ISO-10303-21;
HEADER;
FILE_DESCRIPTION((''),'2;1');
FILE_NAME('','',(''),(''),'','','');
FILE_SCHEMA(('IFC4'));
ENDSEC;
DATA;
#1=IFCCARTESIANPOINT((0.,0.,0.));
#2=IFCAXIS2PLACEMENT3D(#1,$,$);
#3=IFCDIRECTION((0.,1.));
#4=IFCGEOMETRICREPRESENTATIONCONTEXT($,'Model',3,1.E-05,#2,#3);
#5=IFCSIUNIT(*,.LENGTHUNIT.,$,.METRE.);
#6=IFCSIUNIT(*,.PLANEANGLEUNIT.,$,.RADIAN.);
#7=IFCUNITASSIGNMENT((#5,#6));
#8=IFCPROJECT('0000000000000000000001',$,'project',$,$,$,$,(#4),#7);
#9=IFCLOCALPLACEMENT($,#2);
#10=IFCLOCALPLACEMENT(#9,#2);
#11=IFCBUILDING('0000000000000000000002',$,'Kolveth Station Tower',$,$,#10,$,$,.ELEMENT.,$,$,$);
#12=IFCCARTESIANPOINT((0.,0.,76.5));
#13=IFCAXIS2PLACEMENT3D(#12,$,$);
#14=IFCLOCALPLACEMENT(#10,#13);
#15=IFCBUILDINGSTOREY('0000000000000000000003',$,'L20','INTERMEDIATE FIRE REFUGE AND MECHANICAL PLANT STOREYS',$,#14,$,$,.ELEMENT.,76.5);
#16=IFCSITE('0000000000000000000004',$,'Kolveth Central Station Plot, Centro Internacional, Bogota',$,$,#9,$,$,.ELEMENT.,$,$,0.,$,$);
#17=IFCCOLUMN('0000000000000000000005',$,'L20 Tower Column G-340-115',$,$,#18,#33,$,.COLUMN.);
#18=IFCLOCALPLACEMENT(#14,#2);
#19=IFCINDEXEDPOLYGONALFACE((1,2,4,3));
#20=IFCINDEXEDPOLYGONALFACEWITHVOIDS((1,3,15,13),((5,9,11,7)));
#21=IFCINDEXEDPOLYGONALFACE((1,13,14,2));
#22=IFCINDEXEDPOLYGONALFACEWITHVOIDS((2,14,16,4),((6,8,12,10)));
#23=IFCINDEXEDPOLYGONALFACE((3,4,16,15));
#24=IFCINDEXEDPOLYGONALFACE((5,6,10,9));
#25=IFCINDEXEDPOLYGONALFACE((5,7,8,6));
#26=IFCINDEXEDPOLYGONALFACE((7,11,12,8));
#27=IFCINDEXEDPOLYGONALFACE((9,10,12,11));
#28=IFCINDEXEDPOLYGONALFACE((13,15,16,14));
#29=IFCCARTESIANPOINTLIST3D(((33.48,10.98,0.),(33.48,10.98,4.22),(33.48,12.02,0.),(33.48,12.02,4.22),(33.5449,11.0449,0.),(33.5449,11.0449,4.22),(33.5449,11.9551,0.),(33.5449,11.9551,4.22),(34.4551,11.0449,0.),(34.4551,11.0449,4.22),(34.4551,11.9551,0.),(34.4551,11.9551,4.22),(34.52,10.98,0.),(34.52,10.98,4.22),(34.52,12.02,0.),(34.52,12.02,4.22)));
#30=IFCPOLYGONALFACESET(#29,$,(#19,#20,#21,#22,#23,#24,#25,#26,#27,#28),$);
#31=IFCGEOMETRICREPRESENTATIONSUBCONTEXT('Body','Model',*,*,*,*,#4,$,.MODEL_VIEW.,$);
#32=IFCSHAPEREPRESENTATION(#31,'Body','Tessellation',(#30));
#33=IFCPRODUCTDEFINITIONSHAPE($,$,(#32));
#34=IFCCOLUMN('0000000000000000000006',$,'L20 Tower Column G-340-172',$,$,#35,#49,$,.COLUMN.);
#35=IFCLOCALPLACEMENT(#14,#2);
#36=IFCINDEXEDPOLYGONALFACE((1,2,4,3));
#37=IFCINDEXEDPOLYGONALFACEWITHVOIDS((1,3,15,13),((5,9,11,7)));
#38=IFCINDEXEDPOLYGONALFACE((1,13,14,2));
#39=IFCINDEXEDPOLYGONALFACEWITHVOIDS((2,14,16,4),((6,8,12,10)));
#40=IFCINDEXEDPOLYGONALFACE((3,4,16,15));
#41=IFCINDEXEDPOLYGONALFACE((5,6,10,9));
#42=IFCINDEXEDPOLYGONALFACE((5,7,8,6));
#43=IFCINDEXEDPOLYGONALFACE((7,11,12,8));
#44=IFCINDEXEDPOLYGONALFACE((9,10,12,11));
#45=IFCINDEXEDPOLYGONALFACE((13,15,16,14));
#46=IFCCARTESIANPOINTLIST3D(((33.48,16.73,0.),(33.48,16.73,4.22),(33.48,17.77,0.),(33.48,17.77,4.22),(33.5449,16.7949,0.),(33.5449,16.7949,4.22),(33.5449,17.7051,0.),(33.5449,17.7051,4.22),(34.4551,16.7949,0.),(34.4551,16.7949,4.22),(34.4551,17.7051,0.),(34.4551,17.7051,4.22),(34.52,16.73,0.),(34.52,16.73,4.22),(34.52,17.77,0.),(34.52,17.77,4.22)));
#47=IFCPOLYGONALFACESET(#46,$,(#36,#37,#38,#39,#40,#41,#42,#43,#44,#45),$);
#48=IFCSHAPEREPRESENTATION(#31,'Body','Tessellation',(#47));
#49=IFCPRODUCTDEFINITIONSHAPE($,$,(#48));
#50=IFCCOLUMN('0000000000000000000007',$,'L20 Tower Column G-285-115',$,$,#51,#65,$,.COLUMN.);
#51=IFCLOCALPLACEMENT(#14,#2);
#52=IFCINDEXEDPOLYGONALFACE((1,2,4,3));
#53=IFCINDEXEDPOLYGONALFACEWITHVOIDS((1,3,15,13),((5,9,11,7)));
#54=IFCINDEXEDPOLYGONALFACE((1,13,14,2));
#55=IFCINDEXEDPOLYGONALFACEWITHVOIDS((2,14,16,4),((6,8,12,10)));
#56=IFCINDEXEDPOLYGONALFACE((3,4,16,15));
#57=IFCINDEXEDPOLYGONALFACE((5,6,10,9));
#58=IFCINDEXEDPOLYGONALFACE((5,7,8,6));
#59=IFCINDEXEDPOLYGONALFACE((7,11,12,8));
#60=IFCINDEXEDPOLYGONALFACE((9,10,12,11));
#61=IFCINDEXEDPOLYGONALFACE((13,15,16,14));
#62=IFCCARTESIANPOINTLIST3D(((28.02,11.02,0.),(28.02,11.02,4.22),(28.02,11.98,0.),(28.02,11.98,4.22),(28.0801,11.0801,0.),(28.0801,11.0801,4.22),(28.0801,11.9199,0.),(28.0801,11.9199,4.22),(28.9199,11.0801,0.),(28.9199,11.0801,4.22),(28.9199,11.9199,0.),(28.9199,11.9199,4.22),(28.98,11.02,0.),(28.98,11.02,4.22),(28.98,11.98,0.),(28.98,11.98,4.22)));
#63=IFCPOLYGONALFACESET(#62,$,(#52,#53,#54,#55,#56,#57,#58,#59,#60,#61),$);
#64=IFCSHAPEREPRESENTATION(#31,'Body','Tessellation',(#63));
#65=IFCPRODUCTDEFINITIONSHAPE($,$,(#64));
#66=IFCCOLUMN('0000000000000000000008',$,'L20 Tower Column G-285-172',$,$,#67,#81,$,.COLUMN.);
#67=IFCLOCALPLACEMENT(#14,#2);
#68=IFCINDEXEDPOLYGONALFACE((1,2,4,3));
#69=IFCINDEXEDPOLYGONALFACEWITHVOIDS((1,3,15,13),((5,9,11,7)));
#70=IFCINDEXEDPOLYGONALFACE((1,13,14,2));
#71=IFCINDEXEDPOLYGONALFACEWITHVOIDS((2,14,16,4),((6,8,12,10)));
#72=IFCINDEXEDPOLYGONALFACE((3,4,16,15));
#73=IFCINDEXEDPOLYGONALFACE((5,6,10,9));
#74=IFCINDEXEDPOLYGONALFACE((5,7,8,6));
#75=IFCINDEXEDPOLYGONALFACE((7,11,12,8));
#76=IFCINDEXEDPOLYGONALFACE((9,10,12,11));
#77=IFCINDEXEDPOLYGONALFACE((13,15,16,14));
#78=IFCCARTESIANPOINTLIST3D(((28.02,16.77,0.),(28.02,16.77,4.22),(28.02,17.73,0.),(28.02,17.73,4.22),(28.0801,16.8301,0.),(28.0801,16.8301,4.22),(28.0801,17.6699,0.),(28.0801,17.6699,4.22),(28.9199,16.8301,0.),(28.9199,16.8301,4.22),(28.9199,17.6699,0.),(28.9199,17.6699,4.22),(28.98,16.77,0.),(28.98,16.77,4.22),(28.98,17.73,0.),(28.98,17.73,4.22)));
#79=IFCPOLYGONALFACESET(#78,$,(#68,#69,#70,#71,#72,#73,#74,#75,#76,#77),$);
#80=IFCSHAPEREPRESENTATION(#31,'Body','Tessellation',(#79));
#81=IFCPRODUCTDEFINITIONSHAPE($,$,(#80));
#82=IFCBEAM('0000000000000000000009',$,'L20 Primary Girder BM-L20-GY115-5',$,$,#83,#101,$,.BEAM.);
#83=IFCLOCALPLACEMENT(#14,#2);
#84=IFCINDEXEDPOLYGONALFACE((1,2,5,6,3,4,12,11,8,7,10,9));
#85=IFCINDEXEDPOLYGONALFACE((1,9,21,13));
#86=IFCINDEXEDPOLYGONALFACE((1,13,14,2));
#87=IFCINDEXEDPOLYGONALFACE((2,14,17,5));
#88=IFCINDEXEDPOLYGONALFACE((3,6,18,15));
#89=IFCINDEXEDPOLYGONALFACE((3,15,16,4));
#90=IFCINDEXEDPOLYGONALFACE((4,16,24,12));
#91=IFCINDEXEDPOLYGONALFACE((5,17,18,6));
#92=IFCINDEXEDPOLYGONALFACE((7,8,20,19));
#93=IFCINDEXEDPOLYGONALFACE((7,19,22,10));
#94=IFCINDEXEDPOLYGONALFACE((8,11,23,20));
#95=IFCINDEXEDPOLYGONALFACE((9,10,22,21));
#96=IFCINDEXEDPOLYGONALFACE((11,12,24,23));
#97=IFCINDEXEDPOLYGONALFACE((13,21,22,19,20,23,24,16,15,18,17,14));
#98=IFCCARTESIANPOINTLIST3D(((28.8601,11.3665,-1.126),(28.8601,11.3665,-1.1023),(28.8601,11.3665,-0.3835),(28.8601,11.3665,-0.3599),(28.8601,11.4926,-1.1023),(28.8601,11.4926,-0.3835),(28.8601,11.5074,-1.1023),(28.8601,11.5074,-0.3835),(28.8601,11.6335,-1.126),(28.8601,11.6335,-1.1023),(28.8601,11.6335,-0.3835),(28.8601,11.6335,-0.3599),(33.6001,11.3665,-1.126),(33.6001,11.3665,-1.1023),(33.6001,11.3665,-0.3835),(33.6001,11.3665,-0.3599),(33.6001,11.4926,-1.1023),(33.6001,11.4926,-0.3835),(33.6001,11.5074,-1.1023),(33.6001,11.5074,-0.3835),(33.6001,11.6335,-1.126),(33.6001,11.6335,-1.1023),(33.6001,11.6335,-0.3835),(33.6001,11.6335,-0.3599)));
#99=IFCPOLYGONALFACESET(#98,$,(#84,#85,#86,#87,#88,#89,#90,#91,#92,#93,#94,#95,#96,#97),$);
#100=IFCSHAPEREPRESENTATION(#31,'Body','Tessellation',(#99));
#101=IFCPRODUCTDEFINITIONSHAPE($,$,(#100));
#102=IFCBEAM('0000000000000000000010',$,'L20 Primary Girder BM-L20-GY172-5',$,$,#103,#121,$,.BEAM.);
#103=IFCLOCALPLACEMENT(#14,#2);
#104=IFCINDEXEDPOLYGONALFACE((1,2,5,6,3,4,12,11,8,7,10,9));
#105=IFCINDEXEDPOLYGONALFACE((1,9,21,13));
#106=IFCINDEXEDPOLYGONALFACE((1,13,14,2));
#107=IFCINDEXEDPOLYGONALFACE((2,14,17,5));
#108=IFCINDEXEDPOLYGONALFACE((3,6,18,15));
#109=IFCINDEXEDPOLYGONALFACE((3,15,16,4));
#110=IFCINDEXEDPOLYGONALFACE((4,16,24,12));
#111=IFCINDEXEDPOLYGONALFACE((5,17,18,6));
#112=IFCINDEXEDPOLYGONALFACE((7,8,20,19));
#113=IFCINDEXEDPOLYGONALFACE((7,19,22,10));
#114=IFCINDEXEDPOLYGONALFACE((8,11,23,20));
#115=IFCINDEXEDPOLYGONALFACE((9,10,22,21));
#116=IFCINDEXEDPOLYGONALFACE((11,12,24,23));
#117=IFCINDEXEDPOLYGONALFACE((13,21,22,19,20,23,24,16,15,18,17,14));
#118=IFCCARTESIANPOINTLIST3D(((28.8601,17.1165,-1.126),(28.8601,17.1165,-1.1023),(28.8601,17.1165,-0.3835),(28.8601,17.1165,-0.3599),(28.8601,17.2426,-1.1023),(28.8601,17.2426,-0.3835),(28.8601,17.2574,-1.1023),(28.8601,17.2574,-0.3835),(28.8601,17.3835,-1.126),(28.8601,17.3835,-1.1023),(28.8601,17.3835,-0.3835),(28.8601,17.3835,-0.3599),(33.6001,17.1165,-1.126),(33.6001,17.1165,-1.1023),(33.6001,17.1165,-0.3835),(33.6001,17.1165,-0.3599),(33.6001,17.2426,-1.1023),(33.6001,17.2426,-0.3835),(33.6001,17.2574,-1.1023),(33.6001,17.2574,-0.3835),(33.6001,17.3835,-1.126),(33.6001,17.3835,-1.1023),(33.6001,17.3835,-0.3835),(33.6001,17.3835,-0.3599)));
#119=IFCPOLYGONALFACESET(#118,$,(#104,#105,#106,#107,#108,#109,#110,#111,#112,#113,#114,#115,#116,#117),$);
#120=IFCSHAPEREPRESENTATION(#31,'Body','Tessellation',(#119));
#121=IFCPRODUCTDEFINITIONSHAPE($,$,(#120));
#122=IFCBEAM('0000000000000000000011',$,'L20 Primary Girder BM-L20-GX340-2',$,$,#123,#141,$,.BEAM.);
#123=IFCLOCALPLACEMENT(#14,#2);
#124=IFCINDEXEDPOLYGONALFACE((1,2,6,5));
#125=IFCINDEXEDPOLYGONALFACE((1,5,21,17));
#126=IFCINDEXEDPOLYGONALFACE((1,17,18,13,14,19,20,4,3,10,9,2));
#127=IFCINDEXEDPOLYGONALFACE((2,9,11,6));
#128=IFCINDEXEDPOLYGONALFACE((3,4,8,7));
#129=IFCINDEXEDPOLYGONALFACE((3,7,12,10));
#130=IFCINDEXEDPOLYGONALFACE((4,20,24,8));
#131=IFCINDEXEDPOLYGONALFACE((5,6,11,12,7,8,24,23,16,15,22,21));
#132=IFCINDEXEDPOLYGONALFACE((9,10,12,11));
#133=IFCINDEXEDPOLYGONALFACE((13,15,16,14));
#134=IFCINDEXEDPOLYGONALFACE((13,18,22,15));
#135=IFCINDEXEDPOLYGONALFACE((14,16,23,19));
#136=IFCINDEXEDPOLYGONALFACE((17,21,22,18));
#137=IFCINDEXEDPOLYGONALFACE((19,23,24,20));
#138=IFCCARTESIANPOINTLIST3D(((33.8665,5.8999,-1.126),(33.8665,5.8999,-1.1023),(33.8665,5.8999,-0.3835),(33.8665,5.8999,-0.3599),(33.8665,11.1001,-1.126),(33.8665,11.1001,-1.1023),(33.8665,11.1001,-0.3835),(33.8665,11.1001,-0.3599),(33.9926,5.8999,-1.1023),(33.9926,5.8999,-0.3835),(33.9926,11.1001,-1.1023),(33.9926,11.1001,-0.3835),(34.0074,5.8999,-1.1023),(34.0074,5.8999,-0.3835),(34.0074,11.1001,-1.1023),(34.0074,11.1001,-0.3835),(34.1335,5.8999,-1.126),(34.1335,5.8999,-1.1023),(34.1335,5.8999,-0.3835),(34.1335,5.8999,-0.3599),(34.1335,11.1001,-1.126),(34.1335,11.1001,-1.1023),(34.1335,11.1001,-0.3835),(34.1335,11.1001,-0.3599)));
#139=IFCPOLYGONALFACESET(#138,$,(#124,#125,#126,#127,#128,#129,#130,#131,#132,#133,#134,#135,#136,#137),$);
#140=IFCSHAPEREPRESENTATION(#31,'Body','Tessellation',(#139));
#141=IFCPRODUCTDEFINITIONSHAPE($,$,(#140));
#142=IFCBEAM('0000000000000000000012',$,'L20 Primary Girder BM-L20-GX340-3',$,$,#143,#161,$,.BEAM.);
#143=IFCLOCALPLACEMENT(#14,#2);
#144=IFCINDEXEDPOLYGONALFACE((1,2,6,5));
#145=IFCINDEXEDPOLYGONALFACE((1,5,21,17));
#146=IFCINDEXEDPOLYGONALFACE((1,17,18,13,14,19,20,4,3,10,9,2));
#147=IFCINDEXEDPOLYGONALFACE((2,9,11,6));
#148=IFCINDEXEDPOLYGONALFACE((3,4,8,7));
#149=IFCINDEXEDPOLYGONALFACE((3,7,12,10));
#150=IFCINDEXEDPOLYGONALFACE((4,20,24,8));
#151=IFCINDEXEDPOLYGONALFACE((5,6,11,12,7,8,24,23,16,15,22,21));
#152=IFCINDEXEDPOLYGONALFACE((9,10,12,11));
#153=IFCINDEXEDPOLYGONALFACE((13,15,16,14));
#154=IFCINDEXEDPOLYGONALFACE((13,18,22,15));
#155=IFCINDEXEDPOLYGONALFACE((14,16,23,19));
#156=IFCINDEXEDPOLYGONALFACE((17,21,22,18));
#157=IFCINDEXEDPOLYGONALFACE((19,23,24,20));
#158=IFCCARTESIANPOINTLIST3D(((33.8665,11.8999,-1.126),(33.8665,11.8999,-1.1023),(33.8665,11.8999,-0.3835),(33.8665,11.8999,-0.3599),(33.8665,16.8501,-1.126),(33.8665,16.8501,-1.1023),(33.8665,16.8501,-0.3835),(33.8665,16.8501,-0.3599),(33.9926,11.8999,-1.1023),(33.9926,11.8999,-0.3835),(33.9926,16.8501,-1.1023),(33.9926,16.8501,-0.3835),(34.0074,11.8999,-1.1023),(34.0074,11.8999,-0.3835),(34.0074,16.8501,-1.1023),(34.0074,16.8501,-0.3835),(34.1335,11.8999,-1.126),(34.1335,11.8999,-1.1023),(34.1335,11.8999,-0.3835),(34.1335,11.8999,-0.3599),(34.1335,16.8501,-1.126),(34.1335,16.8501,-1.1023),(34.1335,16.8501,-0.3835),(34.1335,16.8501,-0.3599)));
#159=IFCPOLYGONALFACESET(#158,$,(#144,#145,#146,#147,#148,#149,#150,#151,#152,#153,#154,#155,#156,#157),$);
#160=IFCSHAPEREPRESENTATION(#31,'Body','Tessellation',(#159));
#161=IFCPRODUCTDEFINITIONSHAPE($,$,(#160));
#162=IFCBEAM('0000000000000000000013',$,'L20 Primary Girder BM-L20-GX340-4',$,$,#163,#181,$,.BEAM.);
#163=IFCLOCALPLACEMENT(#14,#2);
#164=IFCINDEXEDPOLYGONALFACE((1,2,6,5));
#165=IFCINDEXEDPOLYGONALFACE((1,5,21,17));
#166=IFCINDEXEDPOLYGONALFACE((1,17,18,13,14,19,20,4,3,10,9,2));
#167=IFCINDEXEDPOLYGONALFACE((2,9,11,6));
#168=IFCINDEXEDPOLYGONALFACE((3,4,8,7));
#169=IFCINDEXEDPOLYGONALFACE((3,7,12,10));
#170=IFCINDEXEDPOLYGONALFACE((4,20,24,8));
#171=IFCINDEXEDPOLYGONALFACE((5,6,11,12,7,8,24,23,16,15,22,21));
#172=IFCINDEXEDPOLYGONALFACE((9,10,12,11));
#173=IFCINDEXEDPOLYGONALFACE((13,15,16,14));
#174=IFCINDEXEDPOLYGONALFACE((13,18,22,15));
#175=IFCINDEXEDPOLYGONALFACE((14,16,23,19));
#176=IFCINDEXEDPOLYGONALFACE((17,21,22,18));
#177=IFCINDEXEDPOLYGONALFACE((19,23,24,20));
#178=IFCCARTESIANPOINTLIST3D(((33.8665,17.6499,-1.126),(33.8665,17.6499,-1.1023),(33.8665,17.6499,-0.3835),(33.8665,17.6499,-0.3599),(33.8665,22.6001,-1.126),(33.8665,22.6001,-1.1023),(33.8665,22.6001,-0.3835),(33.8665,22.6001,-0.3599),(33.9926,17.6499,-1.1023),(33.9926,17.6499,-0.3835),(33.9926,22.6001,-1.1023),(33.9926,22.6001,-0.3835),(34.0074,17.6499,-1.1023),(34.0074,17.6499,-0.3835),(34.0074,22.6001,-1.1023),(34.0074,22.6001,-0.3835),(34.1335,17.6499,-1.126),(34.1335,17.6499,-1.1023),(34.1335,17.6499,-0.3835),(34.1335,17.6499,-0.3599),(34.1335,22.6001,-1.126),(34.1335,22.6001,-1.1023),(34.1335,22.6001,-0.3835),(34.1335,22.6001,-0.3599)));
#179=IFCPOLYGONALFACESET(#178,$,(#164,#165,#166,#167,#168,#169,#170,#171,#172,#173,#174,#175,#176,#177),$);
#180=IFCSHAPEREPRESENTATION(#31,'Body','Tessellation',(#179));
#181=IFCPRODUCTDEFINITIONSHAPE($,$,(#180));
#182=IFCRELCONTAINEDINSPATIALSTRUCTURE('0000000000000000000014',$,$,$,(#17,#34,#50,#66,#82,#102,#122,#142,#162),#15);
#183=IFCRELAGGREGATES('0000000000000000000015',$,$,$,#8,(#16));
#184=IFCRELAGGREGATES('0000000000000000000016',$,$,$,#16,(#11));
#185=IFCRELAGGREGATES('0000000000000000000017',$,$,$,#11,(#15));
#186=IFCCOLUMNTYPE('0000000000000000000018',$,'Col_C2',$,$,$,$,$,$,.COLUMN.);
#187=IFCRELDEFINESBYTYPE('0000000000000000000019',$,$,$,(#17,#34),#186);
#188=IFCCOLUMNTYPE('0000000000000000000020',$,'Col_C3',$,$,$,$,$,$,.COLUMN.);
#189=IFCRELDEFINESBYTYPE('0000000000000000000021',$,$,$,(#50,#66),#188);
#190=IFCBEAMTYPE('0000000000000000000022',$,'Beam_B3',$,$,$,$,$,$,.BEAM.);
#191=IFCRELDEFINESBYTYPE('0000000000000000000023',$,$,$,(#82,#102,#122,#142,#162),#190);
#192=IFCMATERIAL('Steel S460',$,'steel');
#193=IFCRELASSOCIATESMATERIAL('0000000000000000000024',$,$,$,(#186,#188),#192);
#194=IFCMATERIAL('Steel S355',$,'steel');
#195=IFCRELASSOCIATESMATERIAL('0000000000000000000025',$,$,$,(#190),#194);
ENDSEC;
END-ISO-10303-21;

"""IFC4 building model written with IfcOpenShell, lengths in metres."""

from ifc_helpers import new_model, si_unit, direction, frame, origin, origin_2d, place, context, subcontext, project, spatial, hollow_rectangle, i_section, extrude, source, transform, mapped, material, material_profile, profile_set, type_object, element, save


model = new_model("IFC4")

# Units and contexts
model_context = context("Model", 3, precision=1e-05, world=origin(), true_north=direction((0.0, 1.0)))
body_context = subcontext(model_context, "Body", "Model", "MODEL_VIEW")
ifc_project = project(units=[si_unit("LENGTHUNIT", "METRE"), si_unit("PLANEANGLEUNIT", "RADIAN")], contexts=[model_context])

# Site, building, storey
site_placement = place(None, origin())
site = spatial("IfcSite", under=ifc_project, at=site_placement, Name="Kolveth Central Station Plot, Centro Internacional, Bogota", CompositionType="ELEMENT", RefElevation=0.0)
building_placement = place(site_placement, origin())
building = spatial("IfcBuilding", under=site, at=building_placement, Name="Kolveth Station Tower", CompositionType="ELEMENT")
storey_placement = place(building_placement, frame((0.0, 0.0, 76.5)))
storey = spatial("IfcBuildingStorey", under=building, at=storey_placement, Name="L20", Description="INTERMEDIATE FIRE REFUGE AND MECHANICAL PLANT STOREYS", CompositionType="ELEMENT", Elevation=76.5)

# Columns
ifc_material_1 = material(Name="Steel S460", Category="steel")
ifc_material_profile_1 = material_profile(ifc_material_1, hollow_rectangle(XDim=1.04, YDim=1.04, WallThickness=0.0649, at=origin_2d()), Name="BOX1040x1040x65")
ifc_profile_set_1 = profile_set([ifc_material_profile_1], Name="Steel S460")
column_type_1 = type_object("IfcColumnType", Name="Col_C2", PredefinedType="COLUMN", material=ifc_profile_set_1)
shared_shape_1 = source(origin(), body_context, "Body", "SweptSolid", [
    extrude(hollow_rectangle(XDim=1.04, YDim=1.04, WallThickness=0.0649, at=origin_2d()), origin(), (0.0, 0.0, 1.0), 4.22),
])
for number, where, z_axis, x_axis, name in (
    (1, (34.0, 11.5, 0.0), (0.0, 0.0, 1.0), (1.0, 0.0, 0.0), "L20 Tower Column G-340-115"),
    (2, (34.0, 17.25, 0.0), (0.0, 0.0, 1.0), (1.0, 0.0, 0.0), "L20 Tower Column G-340-172"),
):
    element("IfcColumn", number, at=place(storey_placement, frame(where, z_axis=z_axis, x_axis=x_axis)), inside=storey, type_object=column_type_1, Name=name, PredefinedType="COLUMN", context=body_context, shape_type="MappedRepresentation", body=[
        mapped(shared_shape_1, transform((0.0, 0.0, 0.0), x_axis=(1.0, 0.0, 0.0), y_axis=(0.0, 1.0, 0.0), z_axis=(0.0, 0.0, 1.0), scale=1.0)),
    ])
ifc_material_profile_2 = material_profile(ifc_material_1, hollow_rectangle(XDim=0.96, YDim=0.96, WallThickness=0.0601, at=origin_2d()), Name="BOX960x960x60")
ifc_profile_set_2 = profile_set([ifc_material_profile_2], Name="Steel S460")
column_type_2 = type_object("IfcColumnType", Name="Col_C3", PredefinedType="COLUMN", material=ifc_profile_set_2)
shared_shape_2 = source(origin(), body_context, "Body", "SweptSolid", [
    extrude(hollow_rectangle(XDim=0.96, YDim=0.96, WallThickness=0.0601, at=origin_2d()), origin(), (0.0, 0.0, 1.0), 4.22),
])
for number, where, z_axis, x_axis, name in (
    (3, (28.5, 11.5, 0.0), (0.0, 0.0, 1.0), (1.0, 0.0, 0.0), "L20 Tower Column G-285-115"),
    (4, (28.5, 17.25, 0.0), (0.0, 0.0, 1.0), (1.0, 0.0, 0.0), "L20 Tower Column G-285-172"),
):
    element("IfcColumn", number, at=place(storey_placement, frame(where, z_axis=z_axis, x_axis=x_axis)), inside=storey, type_object=column_type_2, Name=name, PredefinedType="COLUMN", context=body_context, shape_type="MappedRepresentation", body=[
        mapped(shared_shape_2, transform((0.0, 0.0, 0.0), x_axis=(1.0, 0.0, 0.0), y_axis=(0.0, 1.0, 0.0), z_axis=(0.0, 0.0, 1.0), scale=1.0)),
    ])

# Beams
ifc_material_2 = material(Name="Steel S355", Category="steel")
ifc_material_profile_3 = material_profile(ifc_material_2, i_section(OverallWidth=0.2671, OverallDepth=0.7661, WebThickness=0.0149, FlangeThickness=0.0237, at=origin_2d()), Name="W760x185")
ifc_profile_set_3 = profile_set([ifc_material_profile_3], Name="Steel S355")
beam_type_1 = type_object("IfcBeamType", Name="Beam_B3", PredefinedType="BEAM", material=ifc_profile_set_3)
shared_shape_3 = source(origin(), body_context, "Body", "SweptSolid", [
    extrude(i_section(OverallWidth=0.2671, OverallDepth=0.7661, WebThickness=0.0149, FlangeThickness=0.0237, at=origin_2d()), origin(), (0.0, 0.0, 1.0), 4.74),
])
for number, where, z_axis, x_axis, name in (
    (5, (28.8601, 11.5, -0.7429), (1.0, 0.0, 0.0), (0.0, 1.0, 0.0), "L20 Primary Girder BM-L20-GY115-5"),
    (6, (28.8601, 17.25, -0.7429), (1.0, 0.0, 0.0), (0.0, 1.0, 0.0), "L20 Primary Girder BM-L20-GY172-5"),
):
    element("IfcBeam", number, at=place(storey_placement, frame(where, z_axis=z_axis, x_axis=x_axis)), inside=storey, type_object=beam_type_1, Name=name, PredefinedType="BEAM", context=body_context, shape_type="MappedRepresentation", body=[
        mapped(shared_shape_3, transform((0.0, 0.0, 0.0), x_axis=(1.0, 0.0, 0.0), y_axis=(0.0, 1.0, 0.0), z_axis=(0.0, 0.0, 1.0), scale=1.0)),
    ])
shared_shape_4 = source(origin(), body_context, "Body", "SweptSolid", [
    extrude(i_section(OverallWidth=0.2671, OverallDepth=0.7661, WebThickness=0.0149, FlangeThickness=0.0237, at=origin_2d()), origin(), (0.0, 0.0, 1.0), 5.2002),
])
beam_placement = place(storey_placement, frame((34.0, 5.8999, -0.7429), z_axis=(0.0, 1.0, 0.0), x_axis=(-1.0, 0.0, 0.0)))
element("IfcBeam", 7, at=beam_placement, inside=storey, type_object=beam_type_1, Name="L20 Primary Girder BM-L20-GX340-2", PredefinedType="BEAM", context=body_context, shape_type="MappedRepresentation", body=[
    mapped(shared_shape_4, transform((0.0, 0.0, 0.0), x_axis=(1.0, 0.0, 0.0), y_axis=(0.0, 1.0, 0.0), z_axis=(0.0, 0.0, 1.0), scale=1.0)),
])
shared_shape_5 = source(origin(), body_context, "Body", "SweptSolid", [
    extrude(i_section(OverallWidth=0.2671, OverallDepth=0.7661, WebThickness=0.0149, FlangeThickness=0.0237, at=origin_2d()), origin(), (0.0, 0.0, 1.0), 4.9502),
])
for number, where, z_axis, x_axis, name in (
    (8, (34.0, 11.8999, -0.7429), (0.0, 1.0, 0.0), (-1.0, 0.0, 0.0), "L20 Primary Girder BM-L20-GX340-3"),
    (9, (34.0, 17.6499, -0.7429), (0.0, 1.0, 0.0), (-1.0, 0.0, 0.0), "L20 Primary Girder BM-L20-GX340-4"),
):
    element("IfcBeam", number, at=place(storey_placement, frame(where, z_axis=z_axis, x_axis=x_axis)), inside=storey, type_object=beam_type_1, Name=name, PredefinedType="BEAM", context=body_context, shape_type="MappedRepresentation", body=[
        mapped(shared_shape_5, transform((0.0, 0.0, 0.0), x_axis=(1.0, 0.0, 0.0), y_axis=(0.0, 1.0, 0.0), z_axis=(0.0, 0.0, 1.0), scale=1.0)),
    ])

save(model, "model.ifc")
